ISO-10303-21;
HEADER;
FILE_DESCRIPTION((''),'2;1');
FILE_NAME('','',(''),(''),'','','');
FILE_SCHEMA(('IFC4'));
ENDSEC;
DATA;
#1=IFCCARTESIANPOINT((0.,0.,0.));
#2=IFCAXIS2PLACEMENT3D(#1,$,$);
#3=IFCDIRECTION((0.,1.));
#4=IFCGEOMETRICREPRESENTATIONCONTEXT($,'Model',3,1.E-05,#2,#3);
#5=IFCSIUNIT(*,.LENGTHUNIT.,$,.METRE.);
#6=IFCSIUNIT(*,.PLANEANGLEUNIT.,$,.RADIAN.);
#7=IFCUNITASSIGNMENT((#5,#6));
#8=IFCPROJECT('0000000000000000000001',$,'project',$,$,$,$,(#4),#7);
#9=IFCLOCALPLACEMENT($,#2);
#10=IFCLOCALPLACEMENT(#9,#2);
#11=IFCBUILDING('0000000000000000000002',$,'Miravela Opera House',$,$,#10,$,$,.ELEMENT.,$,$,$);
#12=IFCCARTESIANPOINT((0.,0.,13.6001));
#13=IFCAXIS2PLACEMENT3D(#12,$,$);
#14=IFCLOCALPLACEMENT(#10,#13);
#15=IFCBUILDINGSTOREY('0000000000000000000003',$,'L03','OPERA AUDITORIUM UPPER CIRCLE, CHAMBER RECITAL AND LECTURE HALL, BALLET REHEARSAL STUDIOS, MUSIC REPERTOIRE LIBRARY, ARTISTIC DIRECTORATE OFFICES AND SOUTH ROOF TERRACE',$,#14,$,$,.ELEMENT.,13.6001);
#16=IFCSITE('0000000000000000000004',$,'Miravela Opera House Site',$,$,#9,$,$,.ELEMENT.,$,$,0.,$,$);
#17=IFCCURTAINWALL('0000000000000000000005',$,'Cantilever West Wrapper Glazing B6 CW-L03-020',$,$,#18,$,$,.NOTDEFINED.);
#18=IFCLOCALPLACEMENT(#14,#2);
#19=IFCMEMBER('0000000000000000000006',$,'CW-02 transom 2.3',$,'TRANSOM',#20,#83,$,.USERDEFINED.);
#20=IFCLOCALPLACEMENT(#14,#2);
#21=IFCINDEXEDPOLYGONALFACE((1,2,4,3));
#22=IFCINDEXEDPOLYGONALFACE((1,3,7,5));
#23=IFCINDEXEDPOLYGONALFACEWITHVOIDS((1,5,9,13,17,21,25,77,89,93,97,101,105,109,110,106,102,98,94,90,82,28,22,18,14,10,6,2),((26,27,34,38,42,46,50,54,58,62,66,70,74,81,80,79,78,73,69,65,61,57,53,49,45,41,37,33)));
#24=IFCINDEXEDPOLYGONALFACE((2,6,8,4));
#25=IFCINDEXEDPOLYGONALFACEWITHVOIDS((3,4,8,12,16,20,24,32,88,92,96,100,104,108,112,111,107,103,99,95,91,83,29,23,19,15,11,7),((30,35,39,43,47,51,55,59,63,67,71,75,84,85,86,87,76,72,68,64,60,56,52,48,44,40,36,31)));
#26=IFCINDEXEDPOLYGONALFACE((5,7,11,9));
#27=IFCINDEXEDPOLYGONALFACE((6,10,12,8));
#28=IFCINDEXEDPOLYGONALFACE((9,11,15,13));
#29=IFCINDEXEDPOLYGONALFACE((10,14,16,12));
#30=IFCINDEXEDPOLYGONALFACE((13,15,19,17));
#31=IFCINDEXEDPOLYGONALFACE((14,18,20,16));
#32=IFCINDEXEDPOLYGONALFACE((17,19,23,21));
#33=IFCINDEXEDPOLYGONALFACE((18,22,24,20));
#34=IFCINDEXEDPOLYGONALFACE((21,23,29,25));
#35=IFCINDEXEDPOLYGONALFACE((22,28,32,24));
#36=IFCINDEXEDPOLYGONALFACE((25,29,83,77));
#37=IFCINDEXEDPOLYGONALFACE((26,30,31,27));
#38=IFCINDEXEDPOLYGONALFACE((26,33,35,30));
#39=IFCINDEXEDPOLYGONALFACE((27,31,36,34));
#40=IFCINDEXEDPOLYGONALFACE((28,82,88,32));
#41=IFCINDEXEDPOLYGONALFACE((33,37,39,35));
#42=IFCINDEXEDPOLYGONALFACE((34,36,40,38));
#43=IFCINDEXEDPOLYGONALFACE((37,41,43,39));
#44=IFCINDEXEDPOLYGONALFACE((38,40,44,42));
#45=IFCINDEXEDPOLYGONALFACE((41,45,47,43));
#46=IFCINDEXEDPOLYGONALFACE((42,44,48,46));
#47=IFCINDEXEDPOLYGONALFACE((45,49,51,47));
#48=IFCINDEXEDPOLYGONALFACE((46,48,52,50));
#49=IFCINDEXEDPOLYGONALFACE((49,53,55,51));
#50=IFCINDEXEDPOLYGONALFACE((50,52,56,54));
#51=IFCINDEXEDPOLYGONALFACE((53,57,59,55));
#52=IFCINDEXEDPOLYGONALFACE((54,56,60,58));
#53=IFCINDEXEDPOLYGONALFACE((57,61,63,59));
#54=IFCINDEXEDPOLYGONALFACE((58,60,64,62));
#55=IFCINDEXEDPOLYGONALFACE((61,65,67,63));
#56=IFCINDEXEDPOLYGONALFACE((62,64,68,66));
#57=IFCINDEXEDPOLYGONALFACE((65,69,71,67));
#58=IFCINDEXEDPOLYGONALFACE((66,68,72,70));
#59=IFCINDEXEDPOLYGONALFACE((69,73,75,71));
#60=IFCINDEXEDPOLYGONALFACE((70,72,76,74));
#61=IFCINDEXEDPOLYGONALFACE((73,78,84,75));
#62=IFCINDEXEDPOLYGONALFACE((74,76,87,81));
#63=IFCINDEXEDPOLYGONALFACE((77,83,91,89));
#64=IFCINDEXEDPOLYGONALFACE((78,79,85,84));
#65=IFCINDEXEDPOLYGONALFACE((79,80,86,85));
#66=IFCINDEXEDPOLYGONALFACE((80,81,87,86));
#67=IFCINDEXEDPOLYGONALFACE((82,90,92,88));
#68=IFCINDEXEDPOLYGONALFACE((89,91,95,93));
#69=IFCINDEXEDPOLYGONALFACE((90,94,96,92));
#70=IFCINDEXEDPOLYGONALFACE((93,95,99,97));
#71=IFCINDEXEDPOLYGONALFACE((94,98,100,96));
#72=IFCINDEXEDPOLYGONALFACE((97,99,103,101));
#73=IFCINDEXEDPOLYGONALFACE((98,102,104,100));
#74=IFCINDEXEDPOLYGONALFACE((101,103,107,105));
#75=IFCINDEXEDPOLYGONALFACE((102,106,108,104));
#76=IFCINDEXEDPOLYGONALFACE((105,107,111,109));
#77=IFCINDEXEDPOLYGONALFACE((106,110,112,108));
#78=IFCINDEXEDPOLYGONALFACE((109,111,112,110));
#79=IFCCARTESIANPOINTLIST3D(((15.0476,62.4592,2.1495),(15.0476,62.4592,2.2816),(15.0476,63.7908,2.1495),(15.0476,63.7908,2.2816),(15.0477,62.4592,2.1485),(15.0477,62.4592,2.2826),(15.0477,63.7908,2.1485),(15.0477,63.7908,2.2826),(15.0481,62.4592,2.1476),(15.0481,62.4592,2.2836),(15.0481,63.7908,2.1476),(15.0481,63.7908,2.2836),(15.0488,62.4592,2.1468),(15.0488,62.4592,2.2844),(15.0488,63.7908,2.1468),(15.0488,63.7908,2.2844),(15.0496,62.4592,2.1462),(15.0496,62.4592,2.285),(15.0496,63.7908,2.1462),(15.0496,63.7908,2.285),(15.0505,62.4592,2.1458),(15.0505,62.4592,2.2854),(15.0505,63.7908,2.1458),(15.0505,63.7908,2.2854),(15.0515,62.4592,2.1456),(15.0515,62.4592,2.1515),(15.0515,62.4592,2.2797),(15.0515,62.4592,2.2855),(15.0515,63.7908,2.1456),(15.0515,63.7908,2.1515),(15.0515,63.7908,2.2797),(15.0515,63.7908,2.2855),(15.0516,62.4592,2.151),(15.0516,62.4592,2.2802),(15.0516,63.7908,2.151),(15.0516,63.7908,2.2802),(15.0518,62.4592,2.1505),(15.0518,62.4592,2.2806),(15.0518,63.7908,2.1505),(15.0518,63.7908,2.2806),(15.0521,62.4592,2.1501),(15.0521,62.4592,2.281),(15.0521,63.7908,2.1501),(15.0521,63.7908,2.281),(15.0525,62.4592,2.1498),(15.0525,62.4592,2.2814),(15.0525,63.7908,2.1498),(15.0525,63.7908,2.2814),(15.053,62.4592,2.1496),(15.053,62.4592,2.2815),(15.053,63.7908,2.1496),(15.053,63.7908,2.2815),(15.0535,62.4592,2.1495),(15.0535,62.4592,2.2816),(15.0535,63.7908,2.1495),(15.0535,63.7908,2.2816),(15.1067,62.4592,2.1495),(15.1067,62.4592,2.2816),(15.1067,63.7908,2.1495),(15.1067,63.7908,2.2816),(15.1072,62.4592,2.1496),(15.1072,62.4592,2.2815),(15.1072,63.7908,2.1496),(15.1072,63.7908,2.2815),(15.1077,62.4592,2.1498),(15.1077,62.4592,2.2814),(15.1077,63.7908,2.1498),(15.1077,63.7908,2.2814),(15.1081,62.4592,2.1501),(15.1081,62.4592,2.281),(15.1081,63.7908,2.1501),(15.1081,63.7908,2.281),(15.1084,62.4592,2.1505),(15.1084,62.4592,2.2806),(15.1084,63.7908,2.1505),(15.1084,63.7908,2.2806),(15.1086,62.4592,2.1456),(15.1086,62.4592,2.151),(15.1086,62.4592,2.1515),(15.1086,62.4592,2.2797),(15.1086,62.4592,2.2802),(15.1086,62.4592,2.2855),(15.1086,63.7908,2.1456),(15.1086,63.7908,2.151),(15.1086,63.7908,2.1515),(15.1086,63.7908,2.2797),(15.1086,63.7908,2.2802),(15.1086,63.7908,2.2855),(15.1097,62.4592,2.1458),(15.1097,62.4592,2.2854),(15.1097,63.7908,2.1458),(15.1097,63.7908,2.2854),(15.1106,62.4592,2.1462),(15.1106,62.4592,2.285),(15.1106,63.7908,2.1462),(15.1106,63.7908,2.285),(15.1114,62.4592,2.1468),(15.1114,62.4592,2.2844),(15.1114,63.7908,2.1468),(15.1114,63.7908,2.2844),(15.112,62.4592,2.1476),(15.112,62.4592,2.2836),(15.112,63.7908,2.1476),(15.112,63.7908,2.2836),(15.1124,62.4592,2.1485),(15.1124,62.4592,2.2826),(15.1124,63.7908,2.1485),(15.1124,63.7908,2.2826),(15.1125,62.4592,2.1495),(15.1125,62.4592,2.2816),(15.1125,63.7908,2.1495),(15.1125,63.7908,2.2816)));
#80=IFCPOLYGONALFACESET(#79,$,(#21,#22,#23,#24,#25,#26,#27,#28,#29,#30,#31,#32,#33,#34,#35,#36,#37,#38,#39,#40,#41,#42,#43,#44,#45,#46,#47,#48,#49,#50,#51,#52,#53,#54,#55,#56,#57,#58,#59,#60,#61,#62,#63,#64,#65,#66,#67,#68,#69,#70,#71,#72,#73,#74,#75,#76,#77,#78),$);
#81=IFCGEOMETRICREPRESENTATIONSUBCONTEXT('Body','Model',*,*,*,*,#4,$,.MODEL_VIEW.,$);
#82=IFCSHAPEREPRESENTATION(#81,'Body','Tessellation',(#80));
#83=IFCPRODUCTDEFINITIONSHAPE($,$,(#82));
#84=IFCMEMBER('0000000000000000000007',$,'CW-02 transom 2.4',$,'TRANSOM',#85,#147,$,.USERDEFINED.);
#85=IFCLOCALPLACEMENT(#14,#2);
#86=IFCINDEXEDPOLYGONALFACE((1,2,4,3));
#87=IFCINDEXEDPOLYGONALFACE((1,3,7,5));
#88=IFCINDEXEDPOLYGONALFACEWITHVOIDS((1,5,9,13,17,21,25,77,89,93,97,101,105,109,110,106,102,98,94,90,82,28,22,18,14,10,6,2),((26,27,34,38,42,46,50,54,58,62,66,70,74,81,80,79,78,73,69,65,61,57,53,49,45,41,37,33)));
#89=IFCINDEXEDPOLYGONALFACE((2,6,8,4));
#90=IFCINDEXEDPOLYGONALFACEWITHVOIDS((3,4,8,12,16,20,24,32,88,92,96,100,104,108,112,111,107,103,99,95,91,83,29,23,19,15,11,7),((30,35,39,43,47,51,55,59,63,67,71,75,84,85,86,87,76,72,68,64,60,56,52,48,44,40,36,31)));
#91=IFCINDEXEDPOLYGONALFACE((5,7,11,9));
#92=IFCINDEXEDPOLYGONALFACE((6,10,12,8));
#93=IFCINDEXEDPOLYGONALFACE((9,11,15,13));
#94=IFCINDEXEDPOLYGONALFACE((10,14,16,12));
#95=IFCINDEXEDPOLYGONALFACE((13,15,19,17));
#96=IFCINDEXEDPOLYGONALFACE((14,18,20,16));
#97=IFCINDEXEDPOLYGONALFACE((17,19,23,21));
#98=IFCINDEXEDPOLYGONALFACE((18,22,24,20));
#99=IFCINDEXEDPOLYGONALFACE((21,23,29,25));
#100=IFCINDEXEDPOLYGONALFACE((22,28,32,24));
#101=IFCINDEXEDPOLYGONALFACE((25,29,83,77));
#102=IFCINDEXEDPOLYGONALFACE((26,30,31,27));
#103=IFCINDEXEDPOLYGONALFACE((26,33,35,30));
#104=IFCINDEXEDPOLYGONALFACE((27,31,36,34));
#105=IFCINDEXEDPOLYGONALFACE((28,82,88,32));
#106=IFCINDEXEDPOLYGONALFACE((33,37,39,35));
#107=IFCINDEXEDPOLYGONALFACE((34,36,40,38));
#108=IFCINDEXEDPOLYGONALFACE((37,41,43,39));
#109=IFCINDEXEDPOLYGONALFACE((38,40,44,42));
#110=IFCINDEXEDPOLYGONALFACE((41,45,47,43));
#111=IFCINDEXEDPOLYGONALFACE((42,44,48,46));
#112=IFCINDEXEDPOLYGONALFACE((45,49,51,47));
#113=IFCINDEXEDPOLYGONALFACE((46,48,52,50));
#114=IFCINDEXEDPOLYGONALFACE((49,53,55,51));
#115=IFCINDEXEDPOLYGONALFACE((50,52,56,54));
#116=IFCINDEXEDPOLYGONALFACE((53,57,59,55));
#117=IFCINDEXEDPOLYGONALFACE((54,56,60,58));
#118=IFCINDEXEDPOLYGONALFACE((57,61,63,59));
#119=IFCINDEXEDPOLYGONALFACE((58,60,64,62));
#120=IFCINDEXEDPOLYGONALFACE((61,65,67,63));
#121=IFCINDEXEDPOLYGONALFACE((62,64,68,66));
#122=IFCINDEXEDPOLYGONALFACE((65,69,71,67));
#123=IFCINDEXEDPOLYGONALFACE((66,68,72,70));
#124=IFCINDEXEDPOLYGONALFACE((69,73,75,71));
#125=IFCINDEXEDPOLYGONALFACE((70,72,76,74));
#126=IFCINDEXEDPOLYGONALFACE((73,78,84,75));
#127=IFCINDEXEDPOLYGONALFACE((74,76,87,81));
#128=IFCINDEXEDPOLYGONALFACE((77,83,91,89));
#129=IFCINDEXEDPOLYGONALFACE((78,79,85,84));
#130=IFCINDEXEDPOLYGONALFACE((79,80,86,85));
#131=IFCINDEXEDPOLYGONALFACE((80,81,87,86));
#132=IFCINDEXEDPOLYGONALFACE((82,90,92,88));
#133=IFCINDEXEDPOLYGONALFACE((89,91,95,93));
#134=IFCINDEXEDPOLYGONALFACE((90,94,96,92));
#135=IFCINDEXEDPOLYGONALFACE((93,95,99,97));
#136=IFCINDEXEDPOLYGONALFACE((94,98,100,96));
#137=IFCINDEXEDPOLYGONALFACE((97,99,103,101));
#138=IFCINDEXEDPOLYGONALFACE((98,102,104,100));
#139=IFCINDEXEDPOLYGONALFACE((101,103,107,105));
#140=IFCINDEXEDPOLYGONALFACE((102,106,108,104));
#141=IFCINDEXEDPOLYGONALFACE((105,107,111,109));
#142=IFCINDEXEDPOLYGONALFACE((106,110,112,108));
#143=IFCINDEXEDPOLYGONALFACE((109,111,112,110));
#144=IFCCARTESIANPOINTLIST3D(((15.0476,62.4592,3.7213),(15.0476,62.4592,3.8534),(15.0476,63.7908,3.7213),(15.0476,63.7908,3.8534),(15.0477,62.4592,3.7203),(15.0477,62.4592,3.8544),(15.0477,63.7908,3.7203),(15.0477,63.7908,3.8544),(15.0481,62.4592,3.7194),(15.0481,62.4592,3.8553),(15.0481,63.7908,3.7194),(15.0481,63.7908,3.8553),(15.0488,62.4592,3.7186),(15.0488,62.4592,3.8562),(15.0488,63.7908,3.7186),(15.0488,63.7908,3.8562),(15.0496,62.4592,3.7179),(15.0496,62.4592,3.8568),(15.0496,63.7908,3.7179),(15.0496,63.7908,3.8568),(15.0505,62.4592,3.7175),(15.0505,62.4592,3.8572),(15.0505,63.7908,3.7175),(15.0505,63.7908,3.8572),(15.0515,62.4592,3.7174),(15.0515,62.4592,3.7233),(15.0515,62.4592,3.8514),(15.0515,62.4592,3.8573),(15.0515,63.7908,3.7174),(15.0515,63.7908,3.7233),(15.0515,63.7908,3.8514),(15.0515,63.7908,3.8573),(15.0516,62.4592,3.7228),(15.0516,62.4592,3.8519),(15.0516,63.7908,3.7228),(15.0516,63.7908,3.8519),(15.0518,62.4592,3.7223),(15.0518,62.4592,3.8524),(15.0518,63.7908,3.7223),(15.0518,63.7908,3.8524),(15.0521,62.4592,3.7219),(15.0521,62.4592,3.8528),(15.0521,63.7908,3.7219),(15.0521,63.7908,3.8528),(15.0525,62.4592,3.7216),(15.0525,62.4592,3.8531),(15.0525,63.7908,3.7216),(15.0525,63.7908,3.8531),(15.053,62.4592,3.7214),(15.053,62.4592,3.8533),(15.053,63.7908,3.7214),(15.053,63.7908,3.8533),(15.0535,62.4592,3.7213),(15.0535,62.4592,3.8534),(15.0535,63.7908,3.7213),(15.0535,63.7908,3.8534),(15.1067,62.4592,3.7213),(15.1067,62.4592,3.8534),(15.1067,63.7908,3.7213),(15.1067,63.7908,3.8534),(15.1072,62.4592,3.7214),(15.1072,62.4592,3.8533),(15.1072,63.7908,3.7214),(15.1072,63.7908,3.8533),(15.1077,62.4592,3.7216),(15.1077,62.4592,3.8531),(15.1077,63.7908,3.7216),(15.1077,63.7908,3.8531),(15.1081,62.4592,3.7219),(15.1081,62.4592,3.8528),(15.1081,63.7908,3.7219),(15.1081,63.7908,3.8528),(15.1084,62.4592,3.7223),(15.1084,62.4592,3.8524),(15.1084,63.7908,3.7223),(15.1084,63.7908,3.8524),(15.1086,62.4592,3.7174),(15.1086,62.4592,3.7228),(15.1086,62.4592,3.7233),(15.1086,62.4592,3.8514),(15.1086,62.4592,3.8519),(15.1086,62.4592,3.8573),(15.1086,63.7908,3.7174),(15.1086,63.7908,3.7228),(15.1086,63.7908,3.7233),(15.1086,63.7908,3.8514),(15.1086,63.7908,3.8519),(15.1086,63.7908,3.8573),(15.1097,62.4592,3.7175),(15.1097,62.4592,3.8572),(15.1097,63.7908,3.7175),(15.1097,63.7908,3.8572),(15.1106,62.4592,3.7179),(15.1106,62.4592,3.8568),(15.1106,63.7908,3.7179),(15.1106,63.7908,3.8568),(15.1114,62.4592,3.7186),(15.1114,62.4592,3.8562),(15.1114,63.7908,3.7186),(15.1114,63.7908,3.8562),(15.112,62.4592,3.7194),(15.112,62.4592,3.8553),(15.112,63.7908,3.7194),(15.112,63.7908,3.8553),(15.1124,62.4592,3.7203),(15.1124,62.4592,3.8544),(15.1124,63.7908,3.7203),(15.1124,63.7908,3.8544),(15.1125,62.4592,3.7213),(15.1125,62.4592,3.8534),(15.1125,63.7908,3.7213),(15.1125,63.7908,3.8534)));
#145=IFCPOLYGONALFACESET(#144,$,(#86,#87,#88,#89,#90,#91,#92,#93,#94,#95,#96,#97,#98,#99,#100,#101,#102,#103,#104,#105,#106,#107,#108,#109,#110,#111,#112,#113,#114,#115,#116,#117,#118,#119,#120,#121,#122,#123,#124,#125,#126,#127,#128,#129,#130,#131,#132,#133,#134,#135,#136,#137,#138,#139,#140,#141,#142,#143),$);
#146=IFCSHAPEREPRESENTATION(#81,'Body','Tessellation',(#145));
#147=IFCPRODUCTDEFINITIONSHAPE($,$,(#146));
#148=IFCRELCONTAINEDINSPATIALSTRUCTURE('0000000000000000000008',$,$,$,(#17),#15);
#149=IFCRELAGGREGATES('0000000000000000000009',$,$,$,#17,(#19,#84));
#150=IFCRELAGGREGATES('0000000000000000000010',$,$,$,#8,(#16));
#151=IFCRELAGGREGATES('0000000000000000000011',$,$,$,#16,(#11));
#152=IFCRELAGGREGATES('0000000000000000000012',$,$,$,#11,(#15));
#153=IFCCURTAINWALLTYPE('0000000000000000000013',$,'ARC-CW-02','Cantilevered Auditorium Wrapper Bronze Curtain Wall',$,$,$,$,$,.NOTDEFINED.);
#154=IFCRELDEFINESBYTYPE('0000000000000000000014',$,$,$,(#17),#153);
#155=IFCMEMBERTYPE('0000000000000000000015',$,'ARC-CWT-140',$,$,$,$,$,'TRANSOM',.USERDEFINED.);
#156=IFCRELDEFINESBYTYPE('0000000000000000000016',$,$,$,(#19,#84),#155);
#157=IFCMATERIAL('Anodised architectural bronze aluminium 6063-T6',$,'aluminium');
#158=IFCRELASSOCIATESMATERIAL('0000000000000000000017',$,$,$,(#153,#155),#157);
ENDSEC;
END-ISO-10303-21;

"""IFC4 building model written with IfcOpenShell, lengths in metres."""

from ifc_helpers import new_model, si_unit, direction, frame, origin, origin_2d, place, context, subcontext, project, spatial, hollow_rectangle, extrude, material, material_profile, profile_set, type_object, element, aggregate, save


model = new_model("IFC4")

# Units and contexts
model_context = context("Model", 3, precision=1e-05, world=origin(), true_north=direction((0.0, 1.0)))
body_context = subcontext(model_context, "Body", "Model", "MODEL_VIEW")
ifc_project = project(units=[si_unit("LENGTHUNIT", "METRE"), si_unit("PLANEANGLEUNIT", "RADIAN")], contexts=[model_context])

# Site, building, storey
site_placement = place(None, origin())
site = spatial("IfcSite", under=ifc_project, at=site_placement, Name="Miravela Opera House Site", CompositionType="ELEMENT", RefElevation=0.0)
building_placement = place(site_placement, origin())
building = spatial("IfcBuilding", under=site, at=building_placement, Name="Miravela Opera House", CompositionType="ELEMENT")
storey_placement = place(building_placement, frame((0.0, 0.0, 13.6001)))
storey = spatial("IfcBuildingStorey", under=building, at=storey_placement, Name="L03", Description="OPERA AUDITORIUM UPPER CIRCLE, CHAMBER RECITAL AND LECTURE HALL, BALLET REHEARSAL STUDIOS, MUSIC REPERTOIRE LIBRARY, ARTISTIC DIRECTORATE OFFICES AND SOUTH ROOF TERRACE", CompositionType="ELEMENT", Elevation=13.6001)

# Curtain wall
ifc_material_1 = material(Name="Anodised architectural bronze aluminium 6063-T6", Category="aluminium")
curtain_wall_type = type_object("IfcCurtainWallType", Name="ARC-CW-02", Description="Cantilevered Auditorium Wrapper Bronze Curtain Wall", PredefinedType="NOTDEFINED", material=ifc_material_1)
curtain_wall_1_placement = place(storey_placement, origin())
curtain_wall_1 = element("IfcCurtainWall", 1, at=curtain_wall_1_placement, inside=storey, type_object=curtain_wall_type, Name="Cantilever West Wrapper Glazing B6 CW-L03-020", PredefinedType="NOTDEFINED")

# Members
ifc_material_profile_1 = material_profile(ifc_material_1, hollow_rectangle(XDim=0.0649, YDim=0.1399, WallThickness=0.0039, InnerFilletRadius=0.002, OuterFilletRadius=0.0039, at=origin_2d()), Name="CWT-65X140")
ifc_profile_set_1 = profile_set([ifc_material_profile_1])
member_type_1 = type_object("IfcMemberType", Name="ARC-CWT-140", ElementType="TRANSOM", PredefinedType="USERDEFINED", material=ifc_profile_set_1)
member_1_placement = place(storey_placement, frame((15.0801, 62.4592, 2.2156), z_axis=(0.0, 1.0, 0.0), x_axis=(-1.0, 0.0, 0.0)))
member_1 = element("IfcMember", 2, at=member_1_placement, type_object=member_type_1, Name="CW-02 transom 2.3", ObjectType="TRANSOM", PredefinedType="USERDEFINED", context=body_context, shape_type="SweptSolid", body=[
    extrude(hollow_rectangle(XDim=0.0649, YDim=0.1399, WallThickness=0.0039, InnerFilletRadius=0.002, OuterFilletRadius=0.0039, at=origin_2d()), origin(), (0.0, 0.0, 1.0), 1.3315),
])
member_2_placement = place(storey_placement, frame((15.0801, 62.4592, 3.7874), z_axis=(0.0, 1.0, 0.0), x_axis=(-1.0, 0.0, 0.0)))
member_2 = element("IfcMember", 3, at=member_2_placement, type_object=member_type_1, Name="CW-02 transom 2.4", ObjectType="TRANSOM", PredefinedType="USERDEFINED", context=body_context, shape_type="SweptSolid", body=[
    extrude(hollow_rectangle(XDim=0.0649, YDim=0.1399, WallThickness=0.0039, InnerFilletRadius=0.002, OuterFilletRadius=0.0039, at=origin_2d()), origin(), (0.0, 0.0, 1.0), 1.3315),
])

aggregate(curtain_wall_1, [member_1, member_2])

save(model, "model.ifc")
